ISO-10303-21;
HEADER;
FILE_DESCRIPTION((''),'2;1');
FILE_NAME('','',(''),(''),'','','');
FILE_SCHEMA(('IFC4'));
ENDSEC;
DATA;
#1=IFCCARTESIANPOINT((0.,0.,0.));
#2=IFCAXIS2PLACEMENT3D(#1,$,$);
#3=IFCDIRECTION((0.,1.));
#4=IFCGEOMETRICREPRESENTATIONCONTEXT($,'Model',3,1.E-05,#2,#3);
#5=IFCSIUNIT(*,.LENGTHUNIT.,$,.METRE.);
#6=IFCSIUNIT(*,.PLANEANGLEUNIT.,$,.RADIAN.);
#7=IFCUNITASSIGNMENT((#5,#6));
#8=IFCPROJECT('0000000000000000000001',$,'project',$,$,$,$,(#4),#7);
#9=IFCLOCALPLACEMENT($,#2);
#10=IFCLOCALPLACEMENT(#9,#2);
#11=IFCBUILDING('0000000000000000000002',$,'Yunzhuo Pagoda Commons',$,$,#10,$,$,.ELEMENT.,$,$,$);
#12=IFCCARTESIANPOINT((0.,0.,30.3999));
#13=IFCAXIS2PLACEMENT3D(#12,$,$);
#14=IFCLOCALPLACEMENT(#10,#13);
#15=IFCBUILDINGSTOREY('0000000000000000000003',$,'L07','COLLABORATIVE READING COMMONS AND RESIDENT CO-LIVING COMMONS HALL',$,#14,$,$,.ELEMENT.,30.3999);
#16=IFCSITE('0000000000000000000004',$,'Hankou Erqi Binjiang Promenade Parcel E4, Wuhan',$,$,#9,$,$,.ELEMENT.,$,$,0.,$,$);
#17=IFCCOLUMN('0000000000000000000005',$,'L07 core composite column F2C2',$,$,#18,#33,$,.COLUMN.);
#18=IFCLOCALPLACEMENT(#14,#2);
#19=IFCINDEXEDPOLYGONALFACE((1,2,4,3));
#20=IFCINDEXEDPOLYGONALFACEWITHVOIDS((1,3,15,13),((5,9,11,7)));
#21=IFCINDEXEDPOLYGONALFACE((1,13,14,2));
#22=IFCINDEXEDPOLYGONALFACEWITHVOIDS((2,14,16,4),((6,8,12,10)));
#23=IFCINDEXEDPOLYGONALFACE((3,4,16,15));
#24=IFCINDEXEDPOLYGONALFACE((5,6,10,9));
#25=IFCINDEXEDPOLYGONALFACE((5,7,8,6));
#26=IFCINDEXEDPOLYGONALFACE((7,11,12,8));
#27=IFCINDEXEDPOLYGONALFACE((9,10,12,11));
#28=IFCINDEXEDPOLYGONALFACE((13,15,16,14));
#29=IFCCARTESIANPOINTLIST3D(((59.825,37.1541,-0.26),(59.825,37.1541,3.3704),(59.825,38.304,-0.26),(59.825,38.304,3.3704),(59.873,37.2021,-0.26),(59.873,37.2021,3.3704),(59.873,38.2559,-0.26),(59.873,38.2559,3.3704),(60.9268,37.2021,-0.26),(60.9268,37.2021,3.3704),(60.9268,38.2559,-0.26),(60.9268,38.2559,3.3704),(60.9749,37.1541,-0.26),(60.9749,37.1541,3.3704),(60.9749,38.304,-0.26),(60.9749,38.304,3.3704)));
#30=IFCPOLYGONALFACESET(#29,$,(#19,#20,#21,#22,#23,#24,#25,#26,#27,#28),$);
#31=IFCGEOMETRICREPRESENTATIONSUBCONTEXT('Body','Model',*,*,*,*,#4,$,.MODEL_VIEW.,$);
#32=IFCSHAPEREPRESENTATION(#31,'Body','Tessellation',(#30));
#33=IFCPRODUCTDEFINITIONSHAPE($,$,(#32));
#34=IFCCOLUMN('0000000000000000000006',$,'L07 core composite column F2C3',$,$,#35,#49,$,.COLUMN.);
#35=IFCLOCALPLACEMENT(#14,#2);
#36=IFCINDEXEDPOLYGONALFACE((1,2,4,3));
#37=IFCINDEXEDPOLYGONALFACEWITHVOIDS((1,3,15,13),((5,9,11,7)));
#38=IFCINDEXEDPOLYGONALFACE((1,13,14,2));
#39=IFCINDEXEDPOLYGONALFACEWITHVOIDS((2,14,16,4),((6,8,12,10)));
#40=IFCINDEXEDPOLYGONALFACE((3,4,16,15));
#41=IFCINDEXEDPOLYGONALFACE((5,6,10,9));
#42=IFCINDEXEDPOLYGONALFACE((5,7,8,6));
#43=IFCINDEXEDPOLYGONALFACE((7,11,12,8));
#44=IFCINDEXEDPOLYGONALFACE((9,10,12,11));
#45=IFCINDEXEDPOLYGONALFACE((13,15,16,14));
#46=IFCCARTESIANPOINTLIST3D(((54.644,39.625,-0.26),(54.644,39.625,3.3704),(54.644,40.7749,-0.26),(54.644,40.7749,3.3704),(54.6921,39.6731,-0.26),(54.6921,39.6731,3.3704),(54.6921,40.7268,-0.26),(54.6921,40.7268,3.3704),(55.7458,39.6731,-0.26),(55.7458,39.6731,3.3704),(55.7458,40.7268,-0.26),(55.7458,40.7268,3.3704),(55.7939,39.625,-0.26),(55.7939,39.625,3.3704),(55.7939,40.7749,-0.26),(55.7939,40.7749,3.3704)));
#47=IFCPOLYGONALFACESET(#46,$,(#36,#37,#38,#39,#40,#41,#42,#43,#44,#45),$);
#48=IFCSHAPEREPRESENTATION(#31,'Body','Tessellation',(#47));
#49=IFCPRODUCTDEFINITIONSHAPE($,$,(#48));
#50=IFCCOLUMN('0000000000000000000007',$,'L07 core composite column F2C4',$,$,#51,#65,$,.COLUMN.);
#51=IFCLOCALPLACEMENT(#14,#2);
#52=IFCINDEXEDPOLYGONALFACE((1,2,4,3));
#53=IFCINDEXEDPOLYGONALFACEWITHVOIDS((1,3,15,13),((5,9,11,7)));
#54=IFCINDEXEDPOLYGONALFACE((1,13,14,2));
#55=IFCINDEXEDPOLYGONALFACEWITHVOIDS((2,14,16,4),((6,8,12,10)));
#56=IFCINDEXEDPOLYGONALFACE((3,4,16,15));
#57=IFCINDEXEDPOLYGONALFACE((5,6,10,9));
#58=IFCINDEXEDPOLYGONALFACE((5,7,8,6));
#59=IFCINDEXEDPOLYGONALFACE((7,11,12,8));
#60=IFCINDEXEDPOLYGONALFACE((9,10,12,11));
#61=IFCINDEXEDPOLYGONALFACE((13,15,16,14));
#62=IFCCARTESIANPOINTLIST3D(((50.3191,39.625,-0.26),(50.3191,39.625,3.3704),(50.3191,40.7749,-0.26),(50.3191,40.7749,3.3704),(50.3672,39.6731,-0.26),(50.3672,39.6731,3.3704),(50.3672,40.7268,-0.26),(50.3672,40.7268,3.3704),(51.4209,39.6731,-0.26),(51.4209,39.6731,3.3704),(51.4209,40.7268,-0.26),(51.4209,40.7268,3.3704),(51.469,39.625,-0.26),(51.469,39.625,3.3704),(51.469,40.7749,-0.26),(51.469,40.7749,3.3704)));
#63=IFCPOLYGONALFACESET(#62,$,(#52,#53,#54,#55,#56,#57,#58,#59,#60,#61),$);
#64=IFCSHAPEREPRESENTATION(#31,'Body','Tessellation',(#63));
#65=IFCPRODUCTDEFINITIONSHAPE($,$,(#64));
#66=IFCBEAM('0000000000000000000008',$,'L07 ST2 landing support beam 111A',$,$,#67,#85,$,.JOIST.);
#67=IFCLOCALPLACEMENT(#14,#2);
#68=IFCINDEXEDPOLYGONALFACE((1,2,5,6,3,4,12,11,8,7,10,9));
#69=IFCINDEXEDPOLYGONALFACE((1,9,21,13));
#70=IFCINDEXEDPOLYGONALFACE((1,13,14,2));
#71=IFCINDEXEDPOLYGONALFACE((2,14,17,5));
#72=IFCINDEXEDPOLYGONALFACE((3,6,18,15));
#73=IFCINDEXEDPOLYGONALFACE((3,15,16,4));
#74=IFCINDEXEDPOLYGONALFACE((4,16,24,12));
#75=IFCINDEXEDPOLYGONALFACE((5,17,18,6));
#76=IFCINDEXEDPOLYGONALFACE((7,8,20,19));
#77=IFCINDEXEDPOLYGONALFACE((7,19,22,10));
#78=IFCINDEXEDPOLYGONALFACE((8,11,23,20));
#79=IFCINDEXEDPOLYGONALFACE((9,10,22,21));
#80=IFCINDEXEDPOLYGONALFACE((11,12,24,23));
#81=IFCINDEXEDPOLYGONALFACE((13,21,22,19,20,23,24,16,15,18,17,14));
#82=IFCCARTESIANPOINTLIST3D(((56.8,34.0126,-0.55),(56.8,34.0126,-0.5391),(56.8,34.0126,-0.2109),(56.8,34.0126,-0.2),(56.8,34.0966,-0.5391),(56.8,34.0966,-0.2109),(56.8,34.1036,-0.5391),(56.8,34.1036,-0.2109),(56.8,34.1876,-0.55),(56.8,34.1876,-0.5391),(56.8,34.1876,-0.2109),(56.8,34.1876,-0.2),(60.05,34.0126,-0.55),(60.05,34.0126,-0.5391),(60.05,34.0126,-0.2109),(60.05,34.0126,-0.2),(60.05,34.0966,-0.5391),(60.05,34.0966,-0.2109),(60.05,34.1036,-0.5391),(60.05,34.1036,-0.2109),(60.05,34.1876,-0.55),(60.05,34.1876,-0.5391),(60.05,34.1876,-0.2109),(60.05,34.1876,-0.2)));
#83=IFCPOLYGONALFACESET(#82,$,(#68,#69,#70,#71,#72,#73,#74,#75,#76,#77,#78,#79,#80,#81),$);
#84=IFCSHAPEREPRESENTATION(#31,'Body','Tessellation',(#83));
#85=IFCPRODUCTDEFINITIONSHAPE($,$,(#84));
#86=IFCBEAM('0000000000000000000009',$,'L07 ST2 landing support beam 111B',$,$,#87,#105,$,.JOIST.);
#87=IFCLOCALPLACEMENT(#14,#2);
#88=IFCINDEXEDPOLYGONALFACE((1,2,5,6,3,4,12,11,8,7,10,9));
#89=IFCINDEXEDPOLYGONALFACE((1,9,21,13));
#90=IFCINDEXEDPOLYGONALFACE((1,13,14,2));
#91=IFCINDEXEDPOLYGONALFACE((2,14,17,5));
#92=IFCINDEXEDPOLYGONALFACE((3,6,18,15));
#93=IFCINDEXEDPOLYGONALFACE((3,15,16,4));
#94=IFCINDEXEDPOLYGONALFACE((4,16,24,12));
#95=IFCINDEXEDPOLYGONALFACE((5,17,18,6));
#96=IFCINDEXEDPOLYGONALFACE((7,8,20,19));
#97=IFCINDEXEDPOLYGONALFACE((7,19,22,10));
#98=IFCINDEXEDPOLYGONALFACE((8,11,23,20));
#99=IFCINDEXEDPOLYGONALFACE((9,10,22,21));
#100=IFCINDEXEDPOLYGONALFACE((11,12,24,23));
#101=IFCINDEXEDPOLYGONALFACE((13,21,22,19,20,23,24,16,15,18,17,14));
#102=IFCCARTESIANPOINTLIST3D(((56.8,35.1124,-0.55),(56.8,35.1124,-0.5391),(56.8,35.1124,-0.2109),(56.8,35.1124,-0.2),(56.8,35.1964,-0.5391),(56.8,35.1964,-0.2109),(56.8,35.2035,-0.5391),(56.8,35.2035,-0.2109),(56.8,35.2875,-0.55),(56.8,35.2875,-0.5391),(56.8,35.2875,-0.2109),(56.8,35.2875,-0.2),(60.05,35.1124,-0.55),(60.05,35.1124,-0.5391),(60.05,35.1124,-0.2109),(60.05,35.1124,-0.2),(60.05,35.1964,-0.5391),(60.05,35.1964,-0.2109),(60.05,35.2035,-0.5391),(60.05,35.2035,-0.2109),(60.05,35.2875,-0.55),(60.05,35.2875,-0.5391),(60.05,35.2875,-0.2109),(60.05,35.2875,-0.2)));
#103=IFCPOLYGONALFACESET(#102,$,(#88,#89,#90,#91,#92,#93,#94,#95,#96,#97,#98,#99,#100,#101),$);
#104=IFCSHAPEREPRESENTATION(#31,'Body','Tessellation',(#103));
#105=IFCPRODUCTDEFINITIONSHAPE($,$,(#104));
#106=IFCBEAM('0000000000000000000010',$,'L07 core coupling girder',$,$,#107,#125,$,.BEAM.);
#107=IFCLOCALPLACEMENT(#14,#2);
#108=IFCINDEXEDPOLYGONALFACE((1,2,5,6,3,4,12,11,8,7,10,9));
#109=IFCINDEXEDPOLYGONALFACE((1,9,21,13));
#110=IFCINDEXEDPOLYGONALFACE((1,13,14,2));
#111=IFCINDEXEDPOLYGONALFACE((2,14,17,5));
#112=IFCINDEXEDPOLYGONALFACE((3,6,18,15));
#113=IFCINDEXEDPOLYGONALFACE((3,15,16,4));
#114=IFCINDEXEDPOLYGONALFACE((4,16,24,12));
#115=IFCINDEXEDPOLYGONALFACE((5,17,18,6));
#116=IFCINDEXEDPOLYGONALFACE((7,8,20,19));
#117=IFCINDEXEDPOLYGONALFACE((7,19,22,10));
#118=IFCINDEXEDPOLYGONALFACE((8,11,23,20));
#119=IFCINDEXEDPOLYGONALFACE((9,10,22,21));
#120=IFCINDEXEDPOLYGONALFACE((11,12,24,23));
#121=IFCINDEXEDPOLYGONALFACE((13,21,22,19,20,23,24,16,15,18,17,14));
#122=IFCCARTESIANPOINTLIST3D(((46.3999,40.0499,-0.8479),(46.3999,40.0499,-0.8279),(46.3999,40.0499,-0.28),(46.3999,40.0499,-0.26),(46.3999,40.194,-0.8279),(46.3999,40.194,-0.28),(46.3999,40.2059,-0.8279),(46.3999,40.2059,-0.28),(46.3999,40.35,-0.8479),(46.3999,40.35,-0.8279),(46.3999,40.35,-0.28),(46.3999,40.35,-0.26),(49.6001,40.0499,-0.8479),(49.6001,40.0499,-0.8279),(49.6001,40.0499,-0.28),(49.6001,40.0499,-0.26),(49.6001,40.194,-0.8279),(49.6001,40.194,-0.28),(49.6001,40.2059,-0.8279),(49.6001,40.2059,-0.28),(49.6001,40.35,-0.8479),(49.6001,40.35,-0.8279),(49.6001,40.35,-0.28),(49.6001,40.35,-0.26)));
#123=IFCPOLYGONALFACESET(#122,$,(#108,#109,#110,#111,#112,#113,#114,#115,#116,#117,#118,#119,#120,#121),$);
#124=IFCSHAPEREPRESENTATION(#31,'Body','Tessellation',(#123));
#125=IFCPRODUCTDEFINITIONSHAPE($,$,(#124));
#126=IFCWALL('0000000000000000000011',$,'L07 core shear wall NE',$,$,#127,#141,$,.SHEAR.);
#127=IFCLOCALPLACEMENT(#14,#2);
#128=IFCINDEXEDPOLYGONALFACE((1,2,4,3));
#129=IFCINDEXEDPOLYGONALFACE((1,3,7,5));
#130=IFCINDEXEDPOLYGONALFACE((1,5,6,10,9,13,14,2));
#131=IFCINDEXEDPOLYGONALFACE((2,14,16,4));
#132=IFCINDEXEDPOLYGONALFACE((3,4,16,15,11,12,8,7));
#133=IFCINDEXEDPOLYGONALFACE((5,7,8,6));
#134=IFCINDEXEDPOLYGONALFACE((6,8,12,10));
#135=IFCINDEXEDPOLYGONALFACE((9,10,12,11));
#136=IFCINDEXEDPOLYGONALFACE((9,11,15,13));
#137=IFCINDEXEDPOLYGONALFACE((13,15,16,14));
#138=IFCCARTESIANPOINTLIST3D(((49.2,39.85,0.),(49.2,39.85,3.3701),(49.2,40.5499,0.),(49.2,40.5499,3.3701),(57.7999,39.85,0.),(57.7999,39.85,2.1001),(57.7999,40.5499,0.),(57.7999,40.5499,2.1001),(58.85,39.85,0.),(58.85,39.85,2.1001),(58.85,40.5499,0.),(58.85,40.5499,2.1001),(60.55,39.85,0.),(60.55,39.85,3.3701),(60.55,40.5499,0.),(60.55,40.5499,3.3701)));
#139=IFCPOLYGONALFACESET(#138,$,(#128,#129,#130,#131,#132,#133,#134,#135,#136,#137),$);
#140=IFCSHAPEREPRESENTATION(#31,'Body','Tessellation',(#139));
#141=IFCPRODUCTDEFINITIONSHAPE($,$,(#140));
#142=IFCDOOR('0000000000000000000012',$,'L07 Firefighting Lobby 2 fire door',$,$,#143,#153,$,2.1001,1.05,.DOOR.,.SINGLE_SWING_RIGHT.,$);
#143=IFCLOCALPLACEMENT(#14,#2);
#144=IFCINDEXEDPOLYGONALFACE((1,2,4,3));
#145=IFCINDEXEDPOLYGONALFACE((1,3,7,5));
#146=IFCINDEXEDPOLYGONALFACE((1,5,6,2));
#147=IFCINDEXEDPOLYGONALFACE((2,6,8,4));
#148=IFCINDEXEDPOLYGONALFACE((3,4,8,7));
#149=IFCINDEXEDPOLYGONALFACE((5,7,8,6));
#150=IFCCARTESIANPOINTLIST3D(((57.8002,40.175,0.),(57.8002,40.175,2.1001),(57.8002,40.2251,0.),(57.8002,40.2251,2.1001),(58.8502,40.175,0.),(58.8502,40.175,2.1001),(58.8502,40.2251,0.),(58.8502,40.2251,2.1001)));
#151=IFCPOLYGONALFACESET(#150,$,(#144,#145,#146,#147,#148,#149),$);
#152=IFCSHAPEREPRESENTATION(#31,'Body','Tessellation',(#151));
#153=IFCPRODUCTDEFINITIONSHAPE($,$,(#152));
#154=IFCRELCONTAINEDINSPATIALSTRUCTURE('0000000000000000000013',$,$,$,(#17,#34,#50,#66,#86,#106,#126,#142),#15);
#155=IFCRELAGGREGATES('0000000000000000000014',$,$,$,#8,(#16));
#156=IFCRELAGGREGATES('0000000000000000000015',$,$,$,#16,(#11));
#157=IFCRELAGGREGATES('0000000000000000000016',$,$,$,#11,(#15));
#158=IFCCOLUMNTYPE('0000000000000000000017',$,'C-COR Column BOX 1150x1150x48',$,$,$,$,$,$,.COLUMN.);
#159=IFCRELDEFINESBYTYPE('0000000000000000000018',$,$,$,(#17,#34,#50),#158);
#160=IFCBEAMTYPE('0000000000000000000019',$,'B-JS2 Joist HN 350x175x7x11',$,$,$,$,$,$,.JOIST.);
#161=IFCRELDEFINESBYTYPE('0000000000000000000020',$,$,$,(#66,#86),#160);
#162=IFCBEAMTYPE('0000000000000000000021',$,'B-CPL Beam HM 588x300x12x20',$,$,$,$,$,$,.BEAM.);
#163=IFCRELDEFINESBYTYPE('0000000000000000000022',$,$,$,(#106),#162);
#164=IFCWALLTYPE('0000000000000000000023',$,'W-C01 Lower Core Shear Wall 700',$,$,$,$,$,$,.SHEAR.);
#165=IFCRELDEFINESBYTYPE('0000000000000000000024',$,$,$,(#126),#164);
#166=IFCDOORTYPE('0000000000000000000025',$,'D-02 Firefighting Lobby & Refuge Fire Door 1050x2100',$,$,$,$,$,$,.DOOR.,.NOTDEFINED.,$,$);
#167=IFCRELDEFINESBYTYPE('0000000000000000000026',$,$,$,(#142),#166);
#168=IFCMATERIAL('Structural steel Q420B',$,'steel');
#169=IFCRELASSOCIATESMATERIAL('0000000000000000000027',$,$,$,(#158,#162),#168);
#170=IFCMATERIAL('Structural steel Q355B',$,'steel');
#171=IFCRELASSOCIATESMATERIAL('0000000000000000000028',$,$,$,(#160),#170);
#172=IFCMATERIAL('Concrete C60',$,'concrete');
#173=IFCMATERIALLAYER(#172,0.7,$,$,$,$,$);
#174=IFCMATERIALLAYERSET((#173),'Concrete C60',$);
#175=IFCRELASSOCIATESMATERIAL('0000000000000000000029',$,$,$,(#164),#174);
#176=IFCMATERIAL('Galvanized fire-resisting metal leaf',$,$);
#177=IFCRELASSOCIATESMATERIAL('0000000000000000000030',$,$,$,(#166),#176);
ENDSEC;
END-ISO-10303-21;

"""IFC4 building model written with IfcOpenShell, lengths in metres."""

from ifc_helpers import new_model, si_unit, direction, frame, frame_2d, origin, origin_2d, place, context, subcontext, project, spatial, rectangle, hollow_rectangle, i_section, extrude, source, transform, mapped, material, layer, layer_set, material_profile, profile_set, type_object, element, fill, save


model = new_model("IFC4")

# Units and contexts
model_context = context("Model", 3, precision=1e-05, world=origin(), true_north=direction((0.0, 1.0)))
body_context = subcontext(model_context, "Body", "Model", "MODEL_VIEW")
ifc_project = project(units=[si_unit("LENGTHUNIT", "METRE"), si_unit("PLANEANGLEUNIT", "RADIAN")], contexts=[model_context])

# Site, building, storey
site_placement = place(None, origin())
site = spatial("IfcSite", under=ifc_project, at=site_placement, Name="Hankou Erqi Binjiang Promenade Parcel E4, Wuhan", CompositionType="ELEMENT", RefElevation=0.0)
building_placement = place(site_placement, origin())
building = spatial("IfcBuilding", under=site, at=building_placement, Name="Yunzhuo Pagoda Commons", CompositionType="ELEMENT")
storey_placement = place(building_placement, frame((0.0, 0.0, 30.3999)))
storey = spatial("IfcBuildingStorey", under=building, at=storey_placement, Name="L07", Description="COLLABORATIVE READING COMMONS AND RESIDENT CO-LIVING COMMONS HALL", CompositionType="ELEMENT", Elevation=30.3999)

# Columns
ifc_material_1 = material(Name="Structural steel Q420B", Category="steel")
ifc_material_profile_1 = material_profile(ifc_material_1, hollow_rectangle(XDim=1.1499, YDim=1.1499, WallThickness=0.0481, at=origin_2d()), Name="Structural steel Q420B")
ifc_profile_set_1 = profile_set([ifc_material_profile_1], Name="Structural steel Q420B")
column_type = type_object("IfcColumnType", Name="C-COR Column BOX 1150x1150x48", PredefinedType="COLUMN", material=ifc_profile_set_1)
shared_shape_1 = source(origin(), body_context, "Body", "SweptSolid", [
    extrude(hollow_rectangle(XDim=1.1499, YDim=1.1499, WallThickness=0.0481, at=origin_2d()), origin(), (0.0, 0.0, 1.0), 3.6304),
])
for number, where, z_axis, x_axis, name in (
    (1, (60.3999, 37.729, -0.26), (0.0, 0.0, 1.0), (1.0, 0.0, 0.0), "L07 core composite column F2C2"),
    (2, (55.219, 40.2, -0.26), (0.0, 0.0, 1.0), (1.0, 0.0, 0.0), "L07 core composite column F2C3"),
    (3, (50.894, 40.2, -0.26), (0.0, 0.0, 1.0), (1.0, 0.0, 0.0), "L07 core composite column F2C4"),
):
    element("IfcColumn", number, at=place(storey_placement, frame(where, z_axis=z_axis, x_axis=x_axis)), inside=storey, type_object=column_type, Name=name, PredefinedType="COLUMN", context=body_context, shape_type="MappedRepresentation", body=[
        mapped(shared_shape_1, transform((0.0, 0.0, 0.0), scale=1.0)),
    ])

# Beams
ifc_material_2 = material(Name="Structural steel Q355B", Category="steel")
ifc_material_profile_2 = material_profile(ifc_material_2, i_section(OverallWidth=0.175, OverallDepth=0.3501, WebThickness=0.0071, FlangeThickness=0.011, at=origin_2d()), Name="Structural steel Q355B")
ifc_profile_set_2 = profile_set([ifc_material_profile_2], Name="Structural steel Q355B")
beam_type_1 = type_object("IfcBeamType", Name="B-JS2 Joist HN 350x175x7x11", PredefinedType="JOIST", material=ifc_profile_set_2)
shared_shape_2 = source(origin(), body_context, "Body", "SweptSolid", [
    extrude(i_section(OverallWidth=0.175, OverallDepth=0.3501, WebThickness=0.0071, FlangeThickness=0.011, at=origin_2d()), origin(), (0.0, 0.0, 1.0), 3.25),
])
for number, where, z_axis, x_axis, name in (
    (4, (56.8, 34.1001, -0.375), (1.0, 0.0, 0.0), (0.0, 1.0, 0.0), "L07 ST2 landing support beam 111A"),
    (5, (56.8, 35.2, -0.375), (1.0, 0.0, 0.0), (0.0, 1.0, 0.0), "L07 ST2 landing support beam 111B"),
):
    element("IfcBeam", number, at=place(storey_placement, frame(where, z_axis=z_axis, x_axis=x_axis)), inside=storey, type_object=beam_type_1, Name=name, PredefinedType="JOIST", context=body_context, shape_type="MappedRepresentation", body=[
        mapped(shared_shape_2, transform((0.0, 0.0, 0.0), scale=1.0)),
    ])
ifc_material_profile_3 = material_profile(ifc_material_1, i_section(OverallWidth=0.3, OverallDepth=0.5879, WebThickness=0.012, FlangeThickness=0.02, at=origin_2d()), Name="Structural steel Q420B")
ifc_profile_set_3 = profile_set([ifc_material_profile_3], Name="Structural steel Q420B")
beam_type_2 = type_object("IfcBeamType", Name="B-CPL Beam HM 588x300x12x20", PredefinedType="BEAM", material=ifc_profile_set_3)
shared_shape_3 = source(origin(), body_context, "Body", "SweptSolid", [
    extrude(i_section(OverallWidth=0.3, OverallDepth=0.5879, WebThickness=0.012, FlangeThickness=0.02, at=origin_2d()), origin(), (0.0, 0.0, 1.0), 3.2002),
])
beam_placement = place(storey_placement, frame((46.3999, 40.2, -0.554), z_axis=(1.0, 0.0, 0.0), x_axis=(0.0, 1.0, 0.0)))
element("IfcBeam", 6, at=beam_placement, inside=storey, type_object=beam_type_2, Name="L07 core coupling girder", PredefinedType="BEAM", context=body_context, shape_type="MappedRepresentation", body=[
    mapped(shared_shape_3, transform((0.0, 0.0, 0.0), scale=1.0)),
])

# Wall, opening, door
ifc_material_3 = material(Name="Concrete C60", Category="concrete")
ifc_layer_1 = layer(ifc_material_3, 0.7)
ifc_layer_set_1 = layer_set([ifc_layer_1], Name="Concrete C60")
wall_type_1 = type_object("IfcWallType", Name="W-C01 Lower Core Shear Wall 700", PredefinedType="SHEAR", material=ifc_layer_set_1)
wall_1_placement = place(storey_placement, frame((49.2, 40.2, 0.0), z_axis=(0.0, 0.0, 1.0), x_axis=(1.0, 0.0, 0.0)))
wall_1 = element("IfcWall", 7, at=wall_1_placement, inside=storey, type_object=wall_type_1, Name="L07 core shear wall NE", PredefinedType="SHEAR", context=body_context, shape_type="SweptSolid", body=[
    extrude(rectangle(XDim=11.3501, YDim=0.7, at=frame_2d((5.675, 0.0))), origin(), (0.0, 0.0, 1.0), 3.3701),
])
opening_1_placement = place(wall_1_placement, frame((8.6001, 0.0, 0.0)))
opening_1 = element("IfcOpeningElement", 8, at=opening_1_placement, cuts=wall_1, PredefinedType="OPENING", context=body_context, shape_type="SweptSolid", body=[
    extrude(rectangle(XDim=1.05, YDim=2.1001, at=frame_2d((0.5249, 1.05))), frame((0.0, 0.3599, 0.0), z_axis=(0.0, -1.0, 0.0), x_axis=(1.0, 0.0, 0.0)), (0.0, 0.0, 1.0), 0.72),
])
ifc_material_4 = material(Name="Galvanized fire-resisting metal leaf")
door_type_1 = type_object("IfcDoorType", Name="D-02 Firefighting Lobby & Refuge Fire Door 1050x2100", OperationType="NOTDEFINED", PredefinedType="DOOR", material=ifc_material_4)
shared_shape_4 = source(origin(), body_context, "Body", "SweptSolid", [
    extrude(rectangle(XDim=1.05, YDim=2.1001, at=frame_2d((0.5249, 1.05))), frame((0.0, 0.0249, 0.0), z_axis=(0.0, -1.0, 0.0), x_axis=(1.0, 0.0, 0.0)), (0.0, 0.0, 1.0), 0.05),
])
door_1_placement = place(opening_1_placement, frame((1.05, 0.0, 0.0), z_axis=(0.0, 0.0, 1.0), x_axis=(-1.0, 0.0, 0.0)))
door_1 = element("IfcDoor", 9, at=door_1_placement, inside=storey, type_object=door_type_1, Name="L07 Firefighting Lobby 2 fire door", OperationType="SINGLE_SWING_RIGHT", OverallHeight=2.1001, OverallWidth=1.05, PredefinedType="DOOR", context=body_context, shape_type="MappedRepresentation", body=[
    mapped(shared_shape_4, transform((0.0, 0.0, 0.0), scale=1.0)),
])
fill(opening_1, door_1)

save(model, "model.ifc")
